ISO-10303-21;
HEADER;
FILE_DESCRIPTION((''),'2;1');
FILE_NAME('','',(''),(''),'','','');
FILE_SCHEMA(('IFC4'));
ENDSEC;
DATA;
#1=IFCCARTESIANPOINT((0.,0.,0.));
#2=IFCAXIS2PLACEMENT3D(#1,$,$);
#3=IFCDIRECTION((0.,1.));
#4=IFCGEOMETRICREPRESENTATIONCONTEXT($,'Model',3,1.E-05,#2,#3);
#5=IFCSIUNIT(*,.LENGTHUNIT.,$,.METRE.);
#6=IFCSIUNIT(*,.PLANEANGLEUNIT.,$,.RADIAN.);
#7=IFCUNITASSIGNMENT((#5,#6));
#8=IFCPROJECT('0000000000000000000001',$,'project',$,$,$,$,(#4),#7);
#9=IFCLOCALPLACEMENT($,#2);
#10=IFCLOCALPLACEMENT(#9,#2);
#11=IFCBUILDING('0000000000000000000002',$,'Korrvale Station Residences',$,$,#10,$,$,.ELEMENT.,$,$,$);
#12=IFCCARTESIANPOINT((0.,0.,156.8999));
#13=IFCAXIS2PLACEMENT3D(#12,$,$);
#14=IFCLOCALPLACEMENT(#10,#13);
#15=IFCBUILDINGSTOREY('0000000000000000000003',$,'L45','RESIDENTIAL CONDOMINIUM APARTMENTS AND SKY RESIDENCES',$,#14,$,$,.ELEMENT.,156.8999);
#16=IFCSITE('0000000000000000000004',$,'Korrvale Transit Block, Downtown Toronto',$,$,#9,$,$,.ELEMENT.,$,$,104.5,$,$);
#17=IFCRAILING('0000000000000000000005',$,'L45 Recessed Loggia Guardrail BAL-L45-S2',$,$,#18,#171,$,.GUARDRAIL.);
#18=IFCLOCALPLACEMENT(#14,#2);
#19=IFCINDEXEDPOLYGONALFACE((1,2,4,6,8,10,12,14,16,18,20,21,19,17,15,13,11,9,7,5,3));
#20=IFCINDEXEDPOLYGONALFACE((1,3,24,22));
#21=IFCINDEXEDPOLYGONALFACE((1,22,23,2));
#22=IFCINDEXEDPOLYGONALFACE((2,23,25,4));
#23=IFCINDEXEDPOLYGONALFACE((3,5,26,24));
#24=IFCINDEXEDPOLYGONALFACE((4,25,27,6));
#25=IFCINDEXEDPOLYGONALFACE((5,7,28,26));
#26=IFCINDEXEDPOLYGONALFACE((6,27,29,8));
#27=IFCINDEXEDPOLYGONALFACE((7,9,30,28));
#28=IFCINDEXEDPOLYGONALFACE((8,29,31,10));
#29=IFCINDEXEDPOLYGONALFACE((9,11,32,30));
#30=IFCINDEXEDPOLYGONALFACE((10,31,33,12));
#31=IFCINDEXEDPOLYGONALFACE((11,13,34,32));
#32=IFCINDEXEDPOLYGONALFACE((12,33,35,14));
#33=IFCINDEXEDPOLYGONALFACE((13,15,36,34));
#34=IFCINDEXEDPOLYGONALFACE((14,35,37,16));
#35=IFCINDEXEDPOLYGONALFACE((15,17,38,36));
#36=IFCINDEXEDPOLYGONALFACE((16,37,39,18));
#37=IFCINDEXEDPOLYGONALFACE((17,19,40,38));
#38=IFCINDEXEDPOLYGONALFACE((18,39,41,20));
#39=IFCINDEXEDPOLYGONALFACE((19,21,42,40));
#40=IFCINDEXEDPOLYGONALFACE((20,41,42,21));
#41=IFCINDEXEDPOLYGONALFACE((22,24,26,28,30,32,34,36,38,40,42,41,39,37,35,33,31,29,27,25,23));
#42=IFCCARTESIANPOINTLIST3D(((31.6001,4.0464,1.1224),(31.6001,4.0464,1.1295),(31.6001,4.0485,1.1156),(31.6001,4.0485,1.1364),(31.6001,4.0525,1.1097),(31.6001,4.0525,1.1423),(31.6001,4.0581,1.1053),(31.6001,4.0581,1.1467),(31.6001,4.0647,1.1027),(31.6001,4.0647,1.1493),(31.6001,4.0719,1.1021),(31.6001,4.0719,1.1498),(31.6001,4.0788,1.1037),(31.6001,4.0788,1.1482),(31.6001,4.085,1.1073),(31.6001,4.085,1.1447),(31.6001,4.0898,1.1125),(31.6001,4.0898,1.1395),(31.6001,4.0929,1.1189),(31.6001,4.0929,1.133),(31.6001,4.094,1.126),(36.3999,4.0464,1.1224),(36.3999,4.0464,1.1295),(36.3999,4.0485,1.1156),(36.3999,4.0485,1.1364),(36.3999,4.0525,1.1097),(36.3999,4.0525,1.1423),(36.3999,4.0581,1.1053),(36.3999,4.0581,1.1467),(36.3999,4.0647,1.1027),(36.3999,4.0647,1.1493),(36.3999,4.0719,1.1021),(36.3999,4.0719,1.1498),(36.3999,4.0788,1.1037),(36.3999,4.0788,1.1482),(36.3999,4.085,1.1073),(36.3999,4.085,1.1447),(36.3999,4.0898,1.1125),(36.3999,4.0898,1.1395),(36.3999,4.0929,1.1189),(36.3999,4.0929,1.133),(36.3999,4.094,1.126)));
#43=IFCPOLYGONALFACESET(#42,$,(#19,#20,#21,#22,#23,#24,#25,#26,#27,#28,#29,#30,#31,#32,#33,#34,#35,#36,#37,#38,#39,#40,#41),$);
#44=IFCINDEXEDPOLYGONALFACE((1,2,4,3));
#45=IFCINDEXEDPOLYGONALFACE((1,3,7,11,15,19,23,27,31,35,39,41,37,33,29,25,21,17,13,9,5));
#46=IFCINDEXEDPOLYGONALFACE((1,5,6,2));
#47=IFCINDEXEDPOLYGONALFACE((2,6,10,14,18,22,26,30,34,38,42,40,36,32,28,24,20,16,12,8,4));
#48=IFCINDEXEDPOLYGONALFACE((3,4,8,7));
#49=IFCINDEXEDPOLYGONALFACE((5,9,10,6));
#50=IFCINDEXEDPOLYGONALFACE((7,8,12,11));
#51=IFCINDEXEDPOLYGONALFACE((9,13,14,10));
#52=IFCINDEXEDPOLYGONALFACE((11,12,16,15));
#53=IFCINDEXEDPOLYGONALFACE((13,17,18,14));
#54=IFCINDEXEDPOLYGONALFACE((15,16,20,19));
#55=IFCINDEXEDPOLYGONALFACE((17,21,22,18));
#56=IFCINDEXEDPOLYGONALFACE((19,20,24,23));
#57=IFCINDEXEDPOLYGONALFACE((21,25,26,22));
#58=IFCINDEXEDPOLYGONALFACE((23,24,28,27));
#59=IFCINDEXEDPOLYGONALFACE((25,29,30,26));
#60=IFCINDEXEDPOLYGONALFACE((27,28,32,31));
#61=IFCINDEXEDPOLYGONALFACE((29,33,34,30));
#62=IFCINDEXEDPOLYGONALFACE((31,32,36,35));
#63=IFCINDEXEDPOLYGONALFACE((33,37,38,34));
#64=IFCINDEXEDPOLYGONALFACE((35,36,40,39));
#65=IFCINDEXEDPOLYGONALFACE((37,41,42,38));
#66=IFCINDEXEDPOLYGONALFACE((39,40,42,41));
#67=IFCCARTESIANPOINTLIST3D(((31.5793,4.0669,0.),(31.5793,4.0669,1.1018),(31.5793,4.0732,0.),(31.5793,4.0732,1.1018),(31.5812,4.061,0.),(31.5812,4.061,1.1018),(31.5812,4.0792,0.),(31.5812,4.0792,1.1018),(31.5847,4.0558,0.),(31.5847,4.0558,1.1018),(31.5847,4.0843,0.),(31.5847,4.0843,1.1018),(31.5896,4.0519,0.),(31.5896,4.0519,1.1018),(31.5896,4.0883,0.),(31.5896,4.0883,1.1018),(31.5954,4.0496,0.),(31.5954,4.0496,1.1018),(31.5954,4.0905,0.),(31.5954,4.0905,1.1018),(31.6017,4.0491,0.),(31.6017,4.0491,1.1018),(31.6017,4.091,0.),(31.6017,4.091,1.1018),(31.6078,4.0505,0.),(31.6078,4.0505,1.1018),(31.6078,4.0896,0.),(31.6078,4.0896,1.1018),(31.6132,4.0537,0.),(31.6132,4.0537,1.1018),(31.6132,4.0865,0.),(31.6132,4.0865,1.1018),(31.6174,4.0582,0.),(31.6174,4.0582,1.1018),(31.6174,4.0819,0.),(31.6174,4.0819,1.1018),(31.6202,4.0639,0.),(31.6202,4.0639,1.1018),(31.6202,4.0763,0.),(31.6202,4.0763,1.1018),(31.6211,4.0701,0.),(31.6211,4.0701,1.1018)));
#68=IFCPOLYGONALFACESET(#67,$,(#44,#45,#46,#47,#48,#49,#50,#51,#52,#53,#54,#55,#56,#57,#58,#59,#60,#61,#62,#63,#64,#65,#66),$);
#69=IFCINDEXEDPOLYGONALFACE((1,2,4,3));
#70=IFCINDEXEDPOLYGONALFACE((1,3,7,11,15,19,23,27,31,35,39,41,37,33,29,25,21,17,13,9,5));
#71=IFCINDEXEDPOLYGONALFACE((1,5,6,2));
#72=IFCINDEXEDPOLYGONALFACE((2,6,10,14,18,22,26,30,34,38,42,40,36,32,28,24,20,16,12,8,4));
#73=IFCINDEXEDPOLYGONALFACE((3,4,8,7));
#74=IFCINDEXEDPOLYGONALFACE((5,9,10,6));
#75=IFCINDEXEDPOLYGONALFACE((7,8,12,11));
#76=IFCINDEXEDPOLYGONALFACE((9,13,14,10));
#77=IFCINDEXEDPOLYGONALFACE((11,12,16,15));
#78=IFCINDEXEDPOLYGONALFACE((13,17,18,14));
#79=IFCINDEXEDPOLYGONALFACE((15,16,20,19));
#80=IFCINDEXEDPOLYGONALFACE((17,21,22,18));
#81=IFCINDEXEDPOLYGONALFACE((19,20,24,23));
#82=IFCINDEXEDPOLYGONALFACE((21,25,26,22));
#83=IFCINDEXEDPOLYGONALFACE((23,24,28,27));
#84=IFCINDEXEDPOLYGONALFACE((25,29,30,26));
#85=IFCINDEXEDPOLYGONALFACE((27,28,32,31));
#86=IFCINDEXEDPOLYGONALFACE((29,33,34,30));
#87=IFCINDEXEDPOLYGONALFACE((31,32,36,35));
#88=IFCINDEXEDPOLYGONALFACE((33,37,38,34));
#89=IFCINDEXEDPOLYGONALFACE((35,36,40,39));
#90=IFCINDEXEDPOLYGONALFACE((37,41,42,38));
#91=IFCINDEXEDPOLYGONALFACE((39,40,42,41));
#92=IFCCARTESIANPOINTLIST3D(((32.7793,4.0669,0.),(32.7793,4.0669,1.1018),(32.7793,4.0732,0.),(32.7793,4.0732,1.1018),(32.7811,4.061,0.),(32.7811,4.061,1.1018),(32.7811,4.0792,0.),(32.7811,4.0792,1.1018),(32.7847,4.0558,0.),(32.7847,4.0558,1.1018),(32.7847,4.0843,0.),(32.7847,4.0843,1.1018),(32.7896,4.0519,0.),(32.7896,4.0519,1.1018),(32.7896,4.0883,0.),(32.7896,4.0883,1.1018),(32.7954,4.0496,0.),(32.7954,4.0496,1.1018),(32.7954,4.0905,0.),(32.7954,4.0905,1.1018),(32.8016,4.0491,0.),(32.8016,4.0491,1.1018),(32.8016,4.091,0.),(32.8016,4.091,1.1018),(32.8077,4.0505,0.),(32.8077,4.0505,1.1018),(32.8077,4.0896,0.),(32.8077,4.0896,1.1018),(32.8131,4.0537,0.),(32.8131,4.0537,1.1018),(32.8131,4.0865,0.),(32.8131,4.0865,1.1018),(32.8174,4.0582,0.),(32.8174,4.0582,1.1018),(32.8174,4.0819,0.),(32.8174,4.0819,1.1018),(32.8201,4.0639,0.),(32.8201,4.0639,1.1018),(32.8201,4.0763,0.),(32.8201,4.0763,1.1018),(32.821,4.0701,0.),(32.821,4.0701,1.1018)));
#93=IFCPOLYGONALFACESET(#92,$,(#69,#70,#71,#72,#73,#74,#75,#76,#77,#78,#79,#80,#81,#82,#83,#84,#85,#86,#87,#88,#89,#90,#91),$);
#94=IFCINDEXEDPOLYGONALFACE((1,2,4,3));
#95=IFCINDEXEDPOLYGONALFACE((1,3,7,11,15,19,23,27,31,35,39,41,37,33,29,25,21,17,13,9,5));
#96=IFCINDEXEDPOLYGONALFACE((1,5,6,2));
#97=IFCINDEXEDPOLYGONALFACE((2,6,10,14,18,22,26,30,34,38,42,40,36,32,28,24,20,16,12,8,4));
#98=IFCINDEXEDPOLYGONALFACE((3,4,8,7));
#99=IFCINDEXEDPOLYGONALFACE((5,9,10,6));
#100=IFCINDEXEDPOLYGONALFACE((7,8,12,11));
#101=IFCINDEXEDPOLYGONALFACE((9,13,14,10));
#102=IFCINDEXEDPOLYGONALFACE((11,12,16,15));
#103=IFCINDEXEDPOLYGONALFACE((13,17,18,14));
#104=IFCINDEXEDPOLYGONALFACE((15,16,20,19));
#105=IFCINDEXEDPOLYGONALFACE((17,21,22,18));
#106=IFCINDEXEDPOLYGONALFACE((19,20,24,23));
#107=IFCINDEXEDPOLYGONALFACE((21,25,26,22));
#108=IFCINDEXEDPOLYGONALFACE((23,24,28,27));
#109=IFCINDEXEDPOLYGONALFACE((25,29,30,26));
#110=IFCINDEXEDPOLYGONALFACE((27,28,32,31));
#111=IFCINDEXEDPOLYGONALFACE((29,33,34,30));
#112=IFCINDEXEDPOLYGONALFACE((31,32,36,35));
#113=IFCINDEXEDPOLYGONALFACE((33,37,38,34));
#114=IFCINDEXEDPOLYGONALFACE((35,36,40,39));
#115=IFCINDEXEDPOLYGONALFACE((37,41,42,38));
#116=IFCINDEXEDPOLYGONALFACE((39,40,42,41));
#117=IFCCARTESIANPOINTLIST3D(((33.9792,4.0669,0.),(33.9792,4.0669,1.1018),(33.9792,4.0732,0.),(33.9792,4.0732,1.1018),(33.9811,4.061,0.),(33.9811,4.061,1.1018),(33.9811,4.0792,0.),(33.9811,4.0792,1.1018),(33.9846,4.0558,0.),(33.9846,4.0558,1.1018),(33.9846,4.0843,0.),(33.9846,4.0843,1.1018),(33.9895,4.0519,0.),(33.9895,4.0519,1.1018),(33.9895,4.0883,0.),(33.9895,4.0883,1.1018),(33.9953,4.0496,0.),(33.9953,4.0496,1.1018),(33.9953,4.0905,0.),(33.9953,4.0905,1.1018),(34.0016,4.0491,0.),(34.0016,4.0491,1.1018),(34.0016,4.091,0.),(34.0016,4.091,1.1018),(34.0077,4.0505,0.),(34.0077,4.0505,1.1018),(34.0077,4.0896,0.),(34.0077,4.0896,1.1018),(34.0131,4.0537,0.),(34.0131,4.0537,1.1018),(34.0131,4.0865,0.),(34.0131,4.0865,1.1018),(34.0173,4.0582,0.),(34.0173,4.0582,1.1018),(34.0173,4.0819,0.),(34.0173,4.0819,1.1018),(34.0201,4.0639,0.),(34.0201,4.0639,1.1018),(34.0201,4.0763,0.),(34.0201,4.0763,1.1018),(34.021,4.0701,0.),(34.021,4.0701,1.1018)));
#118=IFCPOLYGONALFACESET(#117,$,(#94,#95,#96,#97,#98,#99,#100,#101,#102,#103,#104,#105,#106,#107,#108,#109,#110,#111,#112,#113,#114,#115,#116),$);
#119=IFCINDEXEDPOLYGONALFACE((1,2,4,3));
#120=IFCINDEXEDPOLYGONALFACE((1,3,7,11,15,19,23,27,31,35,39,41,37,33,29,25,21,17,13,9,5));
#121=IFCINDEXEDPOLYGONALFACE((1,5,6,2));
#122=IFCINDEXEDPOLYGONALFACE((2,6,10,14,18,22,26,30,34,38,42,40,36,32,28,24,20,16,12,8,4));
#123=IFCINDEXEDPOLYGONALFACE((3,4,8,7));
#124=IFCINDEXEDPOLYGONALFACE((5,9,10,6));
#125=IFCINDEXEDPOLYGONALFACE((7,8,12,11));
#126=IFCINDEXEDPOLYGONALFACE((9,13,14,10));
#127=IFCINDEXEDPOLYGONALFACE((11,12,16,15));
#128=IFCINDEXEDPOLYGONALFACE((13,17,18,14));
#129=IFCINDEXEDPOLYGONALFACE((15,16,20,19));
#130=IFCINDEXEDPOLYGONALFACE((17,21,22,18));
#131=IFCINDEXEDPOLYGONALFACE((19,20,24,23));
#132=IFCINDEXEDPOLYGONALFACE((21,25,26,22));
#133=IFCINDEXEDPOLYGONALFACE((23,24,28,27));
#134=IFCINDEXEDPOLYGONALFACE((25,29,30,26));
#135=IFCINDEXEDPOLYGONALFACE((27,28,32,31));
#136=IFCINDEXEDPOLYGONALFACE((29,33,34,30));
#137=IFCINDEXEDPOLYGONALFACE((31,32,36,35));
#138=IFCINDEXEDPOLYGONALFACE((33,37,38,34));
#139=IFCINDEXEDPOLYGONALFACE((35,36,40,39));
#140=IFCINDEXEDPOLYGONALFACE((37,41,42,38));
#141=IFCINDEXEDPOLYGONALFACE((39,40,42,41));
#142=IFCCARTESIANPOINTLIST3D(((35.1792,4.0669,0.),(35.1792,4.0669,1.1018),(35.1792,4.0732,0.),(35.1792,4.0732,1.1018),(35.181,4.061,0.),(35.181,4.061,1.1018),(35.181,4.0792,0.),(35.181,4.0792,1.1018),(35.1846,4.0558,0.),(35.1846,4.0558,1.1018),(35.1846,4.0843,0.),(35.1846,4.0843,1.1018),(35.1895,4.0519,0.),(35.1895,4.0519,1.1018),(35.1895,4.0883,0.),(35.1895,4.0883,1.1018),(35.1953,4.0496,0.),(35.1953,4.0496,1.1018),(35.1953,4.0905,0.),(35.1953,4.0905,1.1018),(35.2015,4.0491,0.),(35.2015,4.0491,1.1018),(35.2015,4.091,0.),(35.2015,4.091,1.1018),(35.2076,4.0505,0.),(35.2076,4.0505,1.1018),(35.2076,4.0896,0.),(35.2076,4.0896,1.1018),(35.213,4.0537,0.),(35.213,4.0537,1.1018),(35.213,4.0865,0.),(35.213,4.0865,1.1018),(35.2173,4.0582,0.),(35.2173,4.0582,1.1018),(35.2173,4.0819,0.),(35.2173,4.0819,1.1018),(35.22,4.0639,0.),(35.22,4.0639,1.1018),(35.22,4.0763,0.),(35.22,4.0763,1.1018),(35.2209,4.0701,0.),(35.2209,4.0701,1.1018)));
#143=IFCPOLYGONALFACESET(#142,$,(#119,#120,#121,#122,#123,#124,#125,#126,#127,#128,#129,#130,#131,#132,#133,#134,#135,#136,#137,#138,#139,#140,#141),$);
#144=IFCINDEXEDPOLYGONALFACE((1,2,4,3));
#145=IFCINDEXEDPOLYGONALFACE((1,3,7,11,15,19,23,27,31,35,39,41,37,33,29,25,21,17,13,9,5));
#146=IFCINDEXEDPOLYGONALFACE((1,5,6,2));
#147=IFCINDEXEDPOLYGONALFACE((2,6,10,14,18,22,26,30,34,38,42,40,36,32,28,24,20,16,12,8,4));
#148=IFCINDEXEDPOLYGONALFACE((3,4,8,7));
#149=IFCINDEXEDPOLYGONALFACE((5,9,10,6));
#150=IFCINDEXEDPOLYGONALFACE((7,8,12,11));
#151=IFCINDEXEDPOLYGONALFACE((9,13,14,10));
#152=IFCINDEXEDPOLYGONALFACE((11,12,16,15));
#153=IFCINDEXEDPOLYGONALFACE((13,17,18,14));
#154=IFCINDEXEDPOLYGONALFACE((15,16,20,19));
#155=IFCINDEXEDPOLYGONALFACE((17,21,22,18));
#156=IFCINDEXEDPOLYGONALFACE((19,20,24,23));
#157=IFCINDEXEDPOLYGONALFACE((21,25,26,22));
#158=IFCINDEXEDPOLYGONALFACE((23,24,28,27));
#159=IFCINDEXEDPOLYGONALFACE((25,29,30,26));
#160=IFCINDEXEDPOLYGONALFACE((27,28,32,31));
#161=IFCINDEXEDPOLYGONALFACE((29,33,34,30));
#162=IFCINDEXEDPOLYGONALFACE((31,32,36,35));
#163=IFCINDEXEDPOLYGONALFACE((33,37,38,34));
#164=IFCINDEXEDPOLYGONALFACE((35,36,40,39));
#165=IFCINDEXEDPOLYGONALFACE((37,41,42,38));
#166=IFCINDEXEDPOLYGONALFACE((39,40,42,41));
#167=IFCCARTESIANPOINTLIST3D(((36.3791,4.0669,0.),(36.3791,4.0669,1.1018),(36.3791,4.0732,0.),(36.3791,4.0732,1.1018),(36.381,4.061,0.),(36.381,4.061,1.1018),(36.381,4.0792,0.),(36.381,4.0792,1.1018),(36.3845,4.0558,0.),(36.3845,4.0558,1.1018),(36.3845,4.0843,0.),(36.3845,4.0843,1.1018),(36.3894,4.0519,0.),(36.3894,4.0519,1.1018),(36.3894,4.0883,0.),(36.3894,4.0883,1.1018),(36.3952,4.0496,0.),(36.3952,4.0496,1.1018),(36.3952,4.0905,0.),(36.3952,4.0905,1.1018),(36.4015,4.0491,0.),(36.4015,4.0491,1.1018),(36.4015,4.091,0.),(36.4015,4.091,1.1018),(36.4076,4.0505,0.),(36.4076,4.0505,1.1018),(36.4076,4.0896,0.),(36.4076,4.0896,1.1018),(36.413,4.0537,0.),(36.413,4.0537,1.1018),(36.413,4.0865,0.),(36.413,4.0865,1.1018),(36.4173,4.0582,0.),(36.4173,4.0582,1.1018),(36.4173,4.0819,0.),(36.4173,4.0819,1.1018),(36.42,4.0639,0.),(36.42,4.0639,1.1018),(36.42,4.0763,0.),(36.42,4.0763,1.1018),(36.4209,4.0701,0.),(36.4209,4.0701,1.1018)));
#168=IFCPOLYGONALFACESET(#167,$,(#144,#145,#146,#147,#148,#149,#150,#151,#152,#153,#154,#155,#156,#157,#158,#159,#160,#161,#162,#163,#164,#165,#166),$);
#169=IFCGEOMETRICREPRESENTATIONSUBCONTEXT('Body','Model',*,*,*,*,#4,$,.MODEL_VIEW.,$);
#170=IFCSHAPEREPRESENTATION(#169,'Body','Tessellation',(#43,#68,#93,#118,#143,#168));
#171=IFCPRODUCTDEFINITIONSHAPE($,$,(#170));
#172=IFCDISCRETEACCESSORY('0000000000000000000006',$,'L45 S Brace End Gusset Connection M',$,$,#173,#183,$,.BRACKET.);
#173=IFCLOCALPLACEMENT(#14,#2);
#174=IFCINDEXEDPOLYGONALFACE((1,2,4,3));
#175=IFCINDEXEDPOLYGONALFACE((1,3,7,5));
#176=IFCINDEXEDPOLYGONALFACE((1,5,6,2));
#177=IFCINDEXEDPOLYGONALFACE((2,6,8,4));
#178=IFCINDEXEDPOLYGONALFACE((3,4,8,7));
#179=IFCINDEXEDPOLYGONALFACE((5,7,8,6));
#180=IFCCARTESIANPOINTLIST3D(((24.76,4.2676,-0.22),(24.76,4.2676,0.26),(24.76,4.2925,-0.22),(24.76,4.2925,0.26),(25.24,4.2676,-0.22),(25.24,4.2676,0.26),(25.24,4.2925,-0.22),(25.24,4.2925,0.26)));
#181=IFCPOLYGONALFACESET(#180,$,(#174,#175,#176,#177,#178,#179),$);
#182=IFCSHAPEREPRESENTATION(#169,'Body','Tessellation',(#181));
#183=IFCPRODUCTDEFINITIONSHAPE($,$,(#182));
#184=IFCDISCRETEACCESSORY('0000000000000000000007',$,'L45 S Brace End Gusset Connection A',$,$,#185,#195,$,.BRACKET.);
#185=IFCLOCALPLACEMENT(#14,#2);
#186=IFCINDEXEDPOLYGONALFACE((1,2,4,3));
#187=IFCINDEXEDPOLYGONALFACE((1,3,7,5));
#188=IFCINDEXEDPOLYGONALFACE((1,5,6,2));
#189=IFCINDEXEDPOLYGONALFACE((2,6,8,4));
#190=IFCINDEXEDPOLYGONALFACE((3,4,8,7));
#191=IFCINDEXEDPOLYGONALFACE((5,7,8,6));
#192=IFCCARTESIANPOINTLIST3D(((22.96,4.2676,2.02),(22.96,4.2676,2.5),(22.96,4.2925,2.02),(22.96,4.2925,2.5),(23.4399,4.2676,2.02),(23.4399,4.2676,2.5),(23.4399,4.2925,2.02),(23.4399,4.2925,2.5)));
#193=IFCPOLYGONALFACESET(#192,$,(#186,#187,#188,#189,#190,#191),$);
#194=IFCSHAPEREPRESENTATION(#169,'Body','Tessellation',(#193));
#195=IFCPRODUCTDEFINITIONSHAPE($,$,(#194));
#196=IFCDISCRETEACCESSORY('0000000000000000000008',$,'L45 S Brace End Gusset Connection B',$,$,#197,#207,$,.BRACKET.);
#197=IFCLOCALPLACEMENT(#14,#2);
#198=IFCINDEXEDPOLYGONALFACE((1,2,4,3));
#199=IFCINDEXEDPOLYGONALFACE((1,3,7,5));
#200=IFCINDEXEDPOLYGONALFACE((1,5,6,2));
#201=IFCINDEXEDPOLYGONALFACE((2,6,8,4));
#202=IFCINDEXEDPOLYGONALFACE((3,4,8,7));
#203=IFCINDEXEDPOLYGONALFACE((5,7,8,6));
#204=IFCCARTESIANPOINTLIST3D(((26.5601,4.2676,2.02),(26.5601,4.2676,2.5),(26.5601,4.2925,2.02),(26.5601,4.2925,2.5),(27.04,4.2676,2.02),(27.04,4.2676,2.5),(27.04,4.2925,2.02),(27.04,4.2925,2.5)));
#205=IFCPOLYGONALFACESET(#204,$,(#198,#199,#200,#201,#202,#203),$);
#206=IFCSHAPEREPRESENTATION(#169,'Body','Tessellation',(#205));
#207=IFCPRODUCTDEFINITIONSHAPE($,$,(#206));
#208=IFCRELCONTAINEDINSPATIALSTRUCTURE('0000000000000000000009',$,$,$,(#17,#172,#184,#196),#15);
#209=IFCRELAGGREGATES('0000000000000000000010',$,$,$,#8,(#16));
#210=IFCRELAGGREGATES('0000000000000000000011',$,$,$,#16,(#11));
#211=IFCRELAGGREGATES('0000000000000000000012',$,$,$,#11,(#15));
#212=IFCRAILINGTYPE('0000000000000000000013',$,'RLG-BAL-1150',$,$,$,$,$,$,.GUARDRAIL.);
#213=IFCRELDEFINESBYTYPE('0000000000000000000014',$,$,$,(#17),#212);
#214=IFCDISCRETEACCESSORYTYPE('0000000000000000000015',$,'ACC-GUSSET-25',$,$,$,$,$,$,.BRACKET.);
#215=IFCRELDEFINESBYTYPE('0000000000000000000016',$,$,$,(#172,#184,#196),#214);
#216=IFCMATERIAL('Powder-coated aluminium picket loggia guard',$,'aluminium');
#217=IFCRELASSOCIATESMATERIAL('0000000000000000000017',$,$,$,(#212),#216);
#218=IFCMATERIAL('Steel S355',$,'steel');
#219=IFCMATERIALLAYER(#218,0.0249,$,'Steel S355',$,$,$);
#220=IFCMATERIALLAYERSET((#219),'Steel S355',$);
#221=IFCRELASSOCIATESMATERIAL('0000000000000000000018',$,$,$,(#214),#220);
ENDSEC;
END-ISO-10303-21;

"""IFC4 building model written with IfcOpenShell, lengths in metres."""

from ifc_helpers import new_model, si_unit, direction, frame, origin, origin_2d, place, context, subcontext, project, spatial, rectangle, circle, extrude, material, layer, layer_set, type_object, element, save


model = new_model("IFC4")

# Units and contexts
model_context = context("Model", 3, precision=1e-05, world=origin(), true_north=direction((0.0, 1.0)))
body_context = subcontext(model_context, "Body", "Model", "MODEL_VIEW")
ifc_project = project(units=[si_unit("LENGTHUNIT", "METRE"), si_unit("PLANEANGLEUNIT", "RADIAN")], contexts=[model_context])

# Site, building, storey
site_placement = place(None, origin())
site = spatial("IfcSite", under=ifc_project, at=site_placement, Name="Korrvale Transit Block, Downtown Toronto", CompositionType="ELEMENT", RefElevation=104.5)
building_placement = place(site_placement, origin())
building = spatial("IfcBuilding", under=site, at=building_placement, Name="Korrvale Station Residences", CompositionType="ELEMENT")
storey_placement = place(building_placement, frame((0.0, 0.0, 156.8999)))
storey = spatial("IfcBuildingStorey", under=building, at=storey_placement, Name="L45", Description="RESIDENTIAL CONDOMINIUM APARTMENTS AND SKY RESIDENCES", CompositionType="ELEMENT", Elevation=156.8999)

# Shared definitions
ifc_material_1 = material(Name="Steel S355", Category="steel")

# Railing
ifc_material_2 = material(Name="Powder-coated aluminium picket loggia guard", Category="aluminium")
railing_type = type_object("IfcRailingType", Name="RLG-BAL-1150", PredefinedType="GUARDRAIL", material=ifc_material_2)
railing_placement = place(storey_placement, frame((31.6001, 4.0701, 0.0)))
element("IfcRailing", 1, at=railing_placement, inside=storey, type_object=railing_type, Name="L45 Recessed Loggia Guardrail BAL-L45-S2", PredefinedType="GUARDRAIL", context=body_context, shape_type="SweptSolid", body=[
    extrude(circle(Radius=0.0239, at=origin_2d()), frame((0.0, 0.0, 1.126), z_axis=(1.0, 0.0, 0.0), x_axis=(0.0, 1.0, 0.0)), (0.0, 0.0, 1.0), 4.7998),
    extrude(circle(Radius=0.021, at=origin_2d()), origin(), (0.0, 0.0, 1.0), 1.1018),
    extrude(circle(Radius=0.021, at=origin_2d()), frame((1.2, 0.0, 0.0)), (0.0, 0.0, 1.0), 1.1018),
    extrude(circle(Radius=0.021, at=origin_2d()), frame((2.3999, 0.0, 0.0)), (0.0, 0.0, 1.0), 1.1018),
    extrude(circle(Radius=0.021, at=origin_2d()), frame((3.5999, 0.0, 0.0)), (0.0, 0.0, 1.0), 1.1018),
    extrude(circle(Radius=0.021, at=origin_2d()), frame((4.7998, 0.0, 0.0)), (0.0, 0.0, 1.0), 1.1018),
])

# Discrete accessories
ifc_layer_1 = layer(ifc_material_1, 0.0249, Name="Steel S355")
ifc_layer_set_1 = layer_set([ifc_layer_1], Name="Steel S355")
discrete_accessory_type = type_object("IfcDiscreteAccessoryType", Name="ACC-GUSSET-25", PredefinedType="BRACKET", material=ifc_layer_set_1)
for number, where, z_axis, x_axis, name in (
    (2, (25.0, 4.28, -0.22), (0.0, 0.0, 1.0), (1.0, 0.0, 0.0), "L45 S Brace End Gusset Connection M"),
    (3, (23.2, 4.28, 2.02), (0.0, 0.0, 1.0), (1.0, 0.0, 0.0), "L45 S Brace End Gusset Connection A"),
    (4, (26.8, 4.28, 2.02), (0.0, 0.0, 1.0), (1.0, 0.0, 0.0), "L45 S Brace End Gusset Connection B"),
):
    element("IfcDiscreteAccessory", number, at=place(storey_placement, frame(where, z_axis=z_axis, x_axis=x_axis)), inside=storey, type_object=discrete_accessory_type, Name=name, PredefinedType="BRACKET", context=body_context, shape_type="SweptSolid", body=[
        extrude(rectangle(XDim=0.48, YDim=0.0249, at=origin_2d()), origin(), (0.0, 0.0, 1.0), 0.48),
    ])

save(model, "model.ifc")
